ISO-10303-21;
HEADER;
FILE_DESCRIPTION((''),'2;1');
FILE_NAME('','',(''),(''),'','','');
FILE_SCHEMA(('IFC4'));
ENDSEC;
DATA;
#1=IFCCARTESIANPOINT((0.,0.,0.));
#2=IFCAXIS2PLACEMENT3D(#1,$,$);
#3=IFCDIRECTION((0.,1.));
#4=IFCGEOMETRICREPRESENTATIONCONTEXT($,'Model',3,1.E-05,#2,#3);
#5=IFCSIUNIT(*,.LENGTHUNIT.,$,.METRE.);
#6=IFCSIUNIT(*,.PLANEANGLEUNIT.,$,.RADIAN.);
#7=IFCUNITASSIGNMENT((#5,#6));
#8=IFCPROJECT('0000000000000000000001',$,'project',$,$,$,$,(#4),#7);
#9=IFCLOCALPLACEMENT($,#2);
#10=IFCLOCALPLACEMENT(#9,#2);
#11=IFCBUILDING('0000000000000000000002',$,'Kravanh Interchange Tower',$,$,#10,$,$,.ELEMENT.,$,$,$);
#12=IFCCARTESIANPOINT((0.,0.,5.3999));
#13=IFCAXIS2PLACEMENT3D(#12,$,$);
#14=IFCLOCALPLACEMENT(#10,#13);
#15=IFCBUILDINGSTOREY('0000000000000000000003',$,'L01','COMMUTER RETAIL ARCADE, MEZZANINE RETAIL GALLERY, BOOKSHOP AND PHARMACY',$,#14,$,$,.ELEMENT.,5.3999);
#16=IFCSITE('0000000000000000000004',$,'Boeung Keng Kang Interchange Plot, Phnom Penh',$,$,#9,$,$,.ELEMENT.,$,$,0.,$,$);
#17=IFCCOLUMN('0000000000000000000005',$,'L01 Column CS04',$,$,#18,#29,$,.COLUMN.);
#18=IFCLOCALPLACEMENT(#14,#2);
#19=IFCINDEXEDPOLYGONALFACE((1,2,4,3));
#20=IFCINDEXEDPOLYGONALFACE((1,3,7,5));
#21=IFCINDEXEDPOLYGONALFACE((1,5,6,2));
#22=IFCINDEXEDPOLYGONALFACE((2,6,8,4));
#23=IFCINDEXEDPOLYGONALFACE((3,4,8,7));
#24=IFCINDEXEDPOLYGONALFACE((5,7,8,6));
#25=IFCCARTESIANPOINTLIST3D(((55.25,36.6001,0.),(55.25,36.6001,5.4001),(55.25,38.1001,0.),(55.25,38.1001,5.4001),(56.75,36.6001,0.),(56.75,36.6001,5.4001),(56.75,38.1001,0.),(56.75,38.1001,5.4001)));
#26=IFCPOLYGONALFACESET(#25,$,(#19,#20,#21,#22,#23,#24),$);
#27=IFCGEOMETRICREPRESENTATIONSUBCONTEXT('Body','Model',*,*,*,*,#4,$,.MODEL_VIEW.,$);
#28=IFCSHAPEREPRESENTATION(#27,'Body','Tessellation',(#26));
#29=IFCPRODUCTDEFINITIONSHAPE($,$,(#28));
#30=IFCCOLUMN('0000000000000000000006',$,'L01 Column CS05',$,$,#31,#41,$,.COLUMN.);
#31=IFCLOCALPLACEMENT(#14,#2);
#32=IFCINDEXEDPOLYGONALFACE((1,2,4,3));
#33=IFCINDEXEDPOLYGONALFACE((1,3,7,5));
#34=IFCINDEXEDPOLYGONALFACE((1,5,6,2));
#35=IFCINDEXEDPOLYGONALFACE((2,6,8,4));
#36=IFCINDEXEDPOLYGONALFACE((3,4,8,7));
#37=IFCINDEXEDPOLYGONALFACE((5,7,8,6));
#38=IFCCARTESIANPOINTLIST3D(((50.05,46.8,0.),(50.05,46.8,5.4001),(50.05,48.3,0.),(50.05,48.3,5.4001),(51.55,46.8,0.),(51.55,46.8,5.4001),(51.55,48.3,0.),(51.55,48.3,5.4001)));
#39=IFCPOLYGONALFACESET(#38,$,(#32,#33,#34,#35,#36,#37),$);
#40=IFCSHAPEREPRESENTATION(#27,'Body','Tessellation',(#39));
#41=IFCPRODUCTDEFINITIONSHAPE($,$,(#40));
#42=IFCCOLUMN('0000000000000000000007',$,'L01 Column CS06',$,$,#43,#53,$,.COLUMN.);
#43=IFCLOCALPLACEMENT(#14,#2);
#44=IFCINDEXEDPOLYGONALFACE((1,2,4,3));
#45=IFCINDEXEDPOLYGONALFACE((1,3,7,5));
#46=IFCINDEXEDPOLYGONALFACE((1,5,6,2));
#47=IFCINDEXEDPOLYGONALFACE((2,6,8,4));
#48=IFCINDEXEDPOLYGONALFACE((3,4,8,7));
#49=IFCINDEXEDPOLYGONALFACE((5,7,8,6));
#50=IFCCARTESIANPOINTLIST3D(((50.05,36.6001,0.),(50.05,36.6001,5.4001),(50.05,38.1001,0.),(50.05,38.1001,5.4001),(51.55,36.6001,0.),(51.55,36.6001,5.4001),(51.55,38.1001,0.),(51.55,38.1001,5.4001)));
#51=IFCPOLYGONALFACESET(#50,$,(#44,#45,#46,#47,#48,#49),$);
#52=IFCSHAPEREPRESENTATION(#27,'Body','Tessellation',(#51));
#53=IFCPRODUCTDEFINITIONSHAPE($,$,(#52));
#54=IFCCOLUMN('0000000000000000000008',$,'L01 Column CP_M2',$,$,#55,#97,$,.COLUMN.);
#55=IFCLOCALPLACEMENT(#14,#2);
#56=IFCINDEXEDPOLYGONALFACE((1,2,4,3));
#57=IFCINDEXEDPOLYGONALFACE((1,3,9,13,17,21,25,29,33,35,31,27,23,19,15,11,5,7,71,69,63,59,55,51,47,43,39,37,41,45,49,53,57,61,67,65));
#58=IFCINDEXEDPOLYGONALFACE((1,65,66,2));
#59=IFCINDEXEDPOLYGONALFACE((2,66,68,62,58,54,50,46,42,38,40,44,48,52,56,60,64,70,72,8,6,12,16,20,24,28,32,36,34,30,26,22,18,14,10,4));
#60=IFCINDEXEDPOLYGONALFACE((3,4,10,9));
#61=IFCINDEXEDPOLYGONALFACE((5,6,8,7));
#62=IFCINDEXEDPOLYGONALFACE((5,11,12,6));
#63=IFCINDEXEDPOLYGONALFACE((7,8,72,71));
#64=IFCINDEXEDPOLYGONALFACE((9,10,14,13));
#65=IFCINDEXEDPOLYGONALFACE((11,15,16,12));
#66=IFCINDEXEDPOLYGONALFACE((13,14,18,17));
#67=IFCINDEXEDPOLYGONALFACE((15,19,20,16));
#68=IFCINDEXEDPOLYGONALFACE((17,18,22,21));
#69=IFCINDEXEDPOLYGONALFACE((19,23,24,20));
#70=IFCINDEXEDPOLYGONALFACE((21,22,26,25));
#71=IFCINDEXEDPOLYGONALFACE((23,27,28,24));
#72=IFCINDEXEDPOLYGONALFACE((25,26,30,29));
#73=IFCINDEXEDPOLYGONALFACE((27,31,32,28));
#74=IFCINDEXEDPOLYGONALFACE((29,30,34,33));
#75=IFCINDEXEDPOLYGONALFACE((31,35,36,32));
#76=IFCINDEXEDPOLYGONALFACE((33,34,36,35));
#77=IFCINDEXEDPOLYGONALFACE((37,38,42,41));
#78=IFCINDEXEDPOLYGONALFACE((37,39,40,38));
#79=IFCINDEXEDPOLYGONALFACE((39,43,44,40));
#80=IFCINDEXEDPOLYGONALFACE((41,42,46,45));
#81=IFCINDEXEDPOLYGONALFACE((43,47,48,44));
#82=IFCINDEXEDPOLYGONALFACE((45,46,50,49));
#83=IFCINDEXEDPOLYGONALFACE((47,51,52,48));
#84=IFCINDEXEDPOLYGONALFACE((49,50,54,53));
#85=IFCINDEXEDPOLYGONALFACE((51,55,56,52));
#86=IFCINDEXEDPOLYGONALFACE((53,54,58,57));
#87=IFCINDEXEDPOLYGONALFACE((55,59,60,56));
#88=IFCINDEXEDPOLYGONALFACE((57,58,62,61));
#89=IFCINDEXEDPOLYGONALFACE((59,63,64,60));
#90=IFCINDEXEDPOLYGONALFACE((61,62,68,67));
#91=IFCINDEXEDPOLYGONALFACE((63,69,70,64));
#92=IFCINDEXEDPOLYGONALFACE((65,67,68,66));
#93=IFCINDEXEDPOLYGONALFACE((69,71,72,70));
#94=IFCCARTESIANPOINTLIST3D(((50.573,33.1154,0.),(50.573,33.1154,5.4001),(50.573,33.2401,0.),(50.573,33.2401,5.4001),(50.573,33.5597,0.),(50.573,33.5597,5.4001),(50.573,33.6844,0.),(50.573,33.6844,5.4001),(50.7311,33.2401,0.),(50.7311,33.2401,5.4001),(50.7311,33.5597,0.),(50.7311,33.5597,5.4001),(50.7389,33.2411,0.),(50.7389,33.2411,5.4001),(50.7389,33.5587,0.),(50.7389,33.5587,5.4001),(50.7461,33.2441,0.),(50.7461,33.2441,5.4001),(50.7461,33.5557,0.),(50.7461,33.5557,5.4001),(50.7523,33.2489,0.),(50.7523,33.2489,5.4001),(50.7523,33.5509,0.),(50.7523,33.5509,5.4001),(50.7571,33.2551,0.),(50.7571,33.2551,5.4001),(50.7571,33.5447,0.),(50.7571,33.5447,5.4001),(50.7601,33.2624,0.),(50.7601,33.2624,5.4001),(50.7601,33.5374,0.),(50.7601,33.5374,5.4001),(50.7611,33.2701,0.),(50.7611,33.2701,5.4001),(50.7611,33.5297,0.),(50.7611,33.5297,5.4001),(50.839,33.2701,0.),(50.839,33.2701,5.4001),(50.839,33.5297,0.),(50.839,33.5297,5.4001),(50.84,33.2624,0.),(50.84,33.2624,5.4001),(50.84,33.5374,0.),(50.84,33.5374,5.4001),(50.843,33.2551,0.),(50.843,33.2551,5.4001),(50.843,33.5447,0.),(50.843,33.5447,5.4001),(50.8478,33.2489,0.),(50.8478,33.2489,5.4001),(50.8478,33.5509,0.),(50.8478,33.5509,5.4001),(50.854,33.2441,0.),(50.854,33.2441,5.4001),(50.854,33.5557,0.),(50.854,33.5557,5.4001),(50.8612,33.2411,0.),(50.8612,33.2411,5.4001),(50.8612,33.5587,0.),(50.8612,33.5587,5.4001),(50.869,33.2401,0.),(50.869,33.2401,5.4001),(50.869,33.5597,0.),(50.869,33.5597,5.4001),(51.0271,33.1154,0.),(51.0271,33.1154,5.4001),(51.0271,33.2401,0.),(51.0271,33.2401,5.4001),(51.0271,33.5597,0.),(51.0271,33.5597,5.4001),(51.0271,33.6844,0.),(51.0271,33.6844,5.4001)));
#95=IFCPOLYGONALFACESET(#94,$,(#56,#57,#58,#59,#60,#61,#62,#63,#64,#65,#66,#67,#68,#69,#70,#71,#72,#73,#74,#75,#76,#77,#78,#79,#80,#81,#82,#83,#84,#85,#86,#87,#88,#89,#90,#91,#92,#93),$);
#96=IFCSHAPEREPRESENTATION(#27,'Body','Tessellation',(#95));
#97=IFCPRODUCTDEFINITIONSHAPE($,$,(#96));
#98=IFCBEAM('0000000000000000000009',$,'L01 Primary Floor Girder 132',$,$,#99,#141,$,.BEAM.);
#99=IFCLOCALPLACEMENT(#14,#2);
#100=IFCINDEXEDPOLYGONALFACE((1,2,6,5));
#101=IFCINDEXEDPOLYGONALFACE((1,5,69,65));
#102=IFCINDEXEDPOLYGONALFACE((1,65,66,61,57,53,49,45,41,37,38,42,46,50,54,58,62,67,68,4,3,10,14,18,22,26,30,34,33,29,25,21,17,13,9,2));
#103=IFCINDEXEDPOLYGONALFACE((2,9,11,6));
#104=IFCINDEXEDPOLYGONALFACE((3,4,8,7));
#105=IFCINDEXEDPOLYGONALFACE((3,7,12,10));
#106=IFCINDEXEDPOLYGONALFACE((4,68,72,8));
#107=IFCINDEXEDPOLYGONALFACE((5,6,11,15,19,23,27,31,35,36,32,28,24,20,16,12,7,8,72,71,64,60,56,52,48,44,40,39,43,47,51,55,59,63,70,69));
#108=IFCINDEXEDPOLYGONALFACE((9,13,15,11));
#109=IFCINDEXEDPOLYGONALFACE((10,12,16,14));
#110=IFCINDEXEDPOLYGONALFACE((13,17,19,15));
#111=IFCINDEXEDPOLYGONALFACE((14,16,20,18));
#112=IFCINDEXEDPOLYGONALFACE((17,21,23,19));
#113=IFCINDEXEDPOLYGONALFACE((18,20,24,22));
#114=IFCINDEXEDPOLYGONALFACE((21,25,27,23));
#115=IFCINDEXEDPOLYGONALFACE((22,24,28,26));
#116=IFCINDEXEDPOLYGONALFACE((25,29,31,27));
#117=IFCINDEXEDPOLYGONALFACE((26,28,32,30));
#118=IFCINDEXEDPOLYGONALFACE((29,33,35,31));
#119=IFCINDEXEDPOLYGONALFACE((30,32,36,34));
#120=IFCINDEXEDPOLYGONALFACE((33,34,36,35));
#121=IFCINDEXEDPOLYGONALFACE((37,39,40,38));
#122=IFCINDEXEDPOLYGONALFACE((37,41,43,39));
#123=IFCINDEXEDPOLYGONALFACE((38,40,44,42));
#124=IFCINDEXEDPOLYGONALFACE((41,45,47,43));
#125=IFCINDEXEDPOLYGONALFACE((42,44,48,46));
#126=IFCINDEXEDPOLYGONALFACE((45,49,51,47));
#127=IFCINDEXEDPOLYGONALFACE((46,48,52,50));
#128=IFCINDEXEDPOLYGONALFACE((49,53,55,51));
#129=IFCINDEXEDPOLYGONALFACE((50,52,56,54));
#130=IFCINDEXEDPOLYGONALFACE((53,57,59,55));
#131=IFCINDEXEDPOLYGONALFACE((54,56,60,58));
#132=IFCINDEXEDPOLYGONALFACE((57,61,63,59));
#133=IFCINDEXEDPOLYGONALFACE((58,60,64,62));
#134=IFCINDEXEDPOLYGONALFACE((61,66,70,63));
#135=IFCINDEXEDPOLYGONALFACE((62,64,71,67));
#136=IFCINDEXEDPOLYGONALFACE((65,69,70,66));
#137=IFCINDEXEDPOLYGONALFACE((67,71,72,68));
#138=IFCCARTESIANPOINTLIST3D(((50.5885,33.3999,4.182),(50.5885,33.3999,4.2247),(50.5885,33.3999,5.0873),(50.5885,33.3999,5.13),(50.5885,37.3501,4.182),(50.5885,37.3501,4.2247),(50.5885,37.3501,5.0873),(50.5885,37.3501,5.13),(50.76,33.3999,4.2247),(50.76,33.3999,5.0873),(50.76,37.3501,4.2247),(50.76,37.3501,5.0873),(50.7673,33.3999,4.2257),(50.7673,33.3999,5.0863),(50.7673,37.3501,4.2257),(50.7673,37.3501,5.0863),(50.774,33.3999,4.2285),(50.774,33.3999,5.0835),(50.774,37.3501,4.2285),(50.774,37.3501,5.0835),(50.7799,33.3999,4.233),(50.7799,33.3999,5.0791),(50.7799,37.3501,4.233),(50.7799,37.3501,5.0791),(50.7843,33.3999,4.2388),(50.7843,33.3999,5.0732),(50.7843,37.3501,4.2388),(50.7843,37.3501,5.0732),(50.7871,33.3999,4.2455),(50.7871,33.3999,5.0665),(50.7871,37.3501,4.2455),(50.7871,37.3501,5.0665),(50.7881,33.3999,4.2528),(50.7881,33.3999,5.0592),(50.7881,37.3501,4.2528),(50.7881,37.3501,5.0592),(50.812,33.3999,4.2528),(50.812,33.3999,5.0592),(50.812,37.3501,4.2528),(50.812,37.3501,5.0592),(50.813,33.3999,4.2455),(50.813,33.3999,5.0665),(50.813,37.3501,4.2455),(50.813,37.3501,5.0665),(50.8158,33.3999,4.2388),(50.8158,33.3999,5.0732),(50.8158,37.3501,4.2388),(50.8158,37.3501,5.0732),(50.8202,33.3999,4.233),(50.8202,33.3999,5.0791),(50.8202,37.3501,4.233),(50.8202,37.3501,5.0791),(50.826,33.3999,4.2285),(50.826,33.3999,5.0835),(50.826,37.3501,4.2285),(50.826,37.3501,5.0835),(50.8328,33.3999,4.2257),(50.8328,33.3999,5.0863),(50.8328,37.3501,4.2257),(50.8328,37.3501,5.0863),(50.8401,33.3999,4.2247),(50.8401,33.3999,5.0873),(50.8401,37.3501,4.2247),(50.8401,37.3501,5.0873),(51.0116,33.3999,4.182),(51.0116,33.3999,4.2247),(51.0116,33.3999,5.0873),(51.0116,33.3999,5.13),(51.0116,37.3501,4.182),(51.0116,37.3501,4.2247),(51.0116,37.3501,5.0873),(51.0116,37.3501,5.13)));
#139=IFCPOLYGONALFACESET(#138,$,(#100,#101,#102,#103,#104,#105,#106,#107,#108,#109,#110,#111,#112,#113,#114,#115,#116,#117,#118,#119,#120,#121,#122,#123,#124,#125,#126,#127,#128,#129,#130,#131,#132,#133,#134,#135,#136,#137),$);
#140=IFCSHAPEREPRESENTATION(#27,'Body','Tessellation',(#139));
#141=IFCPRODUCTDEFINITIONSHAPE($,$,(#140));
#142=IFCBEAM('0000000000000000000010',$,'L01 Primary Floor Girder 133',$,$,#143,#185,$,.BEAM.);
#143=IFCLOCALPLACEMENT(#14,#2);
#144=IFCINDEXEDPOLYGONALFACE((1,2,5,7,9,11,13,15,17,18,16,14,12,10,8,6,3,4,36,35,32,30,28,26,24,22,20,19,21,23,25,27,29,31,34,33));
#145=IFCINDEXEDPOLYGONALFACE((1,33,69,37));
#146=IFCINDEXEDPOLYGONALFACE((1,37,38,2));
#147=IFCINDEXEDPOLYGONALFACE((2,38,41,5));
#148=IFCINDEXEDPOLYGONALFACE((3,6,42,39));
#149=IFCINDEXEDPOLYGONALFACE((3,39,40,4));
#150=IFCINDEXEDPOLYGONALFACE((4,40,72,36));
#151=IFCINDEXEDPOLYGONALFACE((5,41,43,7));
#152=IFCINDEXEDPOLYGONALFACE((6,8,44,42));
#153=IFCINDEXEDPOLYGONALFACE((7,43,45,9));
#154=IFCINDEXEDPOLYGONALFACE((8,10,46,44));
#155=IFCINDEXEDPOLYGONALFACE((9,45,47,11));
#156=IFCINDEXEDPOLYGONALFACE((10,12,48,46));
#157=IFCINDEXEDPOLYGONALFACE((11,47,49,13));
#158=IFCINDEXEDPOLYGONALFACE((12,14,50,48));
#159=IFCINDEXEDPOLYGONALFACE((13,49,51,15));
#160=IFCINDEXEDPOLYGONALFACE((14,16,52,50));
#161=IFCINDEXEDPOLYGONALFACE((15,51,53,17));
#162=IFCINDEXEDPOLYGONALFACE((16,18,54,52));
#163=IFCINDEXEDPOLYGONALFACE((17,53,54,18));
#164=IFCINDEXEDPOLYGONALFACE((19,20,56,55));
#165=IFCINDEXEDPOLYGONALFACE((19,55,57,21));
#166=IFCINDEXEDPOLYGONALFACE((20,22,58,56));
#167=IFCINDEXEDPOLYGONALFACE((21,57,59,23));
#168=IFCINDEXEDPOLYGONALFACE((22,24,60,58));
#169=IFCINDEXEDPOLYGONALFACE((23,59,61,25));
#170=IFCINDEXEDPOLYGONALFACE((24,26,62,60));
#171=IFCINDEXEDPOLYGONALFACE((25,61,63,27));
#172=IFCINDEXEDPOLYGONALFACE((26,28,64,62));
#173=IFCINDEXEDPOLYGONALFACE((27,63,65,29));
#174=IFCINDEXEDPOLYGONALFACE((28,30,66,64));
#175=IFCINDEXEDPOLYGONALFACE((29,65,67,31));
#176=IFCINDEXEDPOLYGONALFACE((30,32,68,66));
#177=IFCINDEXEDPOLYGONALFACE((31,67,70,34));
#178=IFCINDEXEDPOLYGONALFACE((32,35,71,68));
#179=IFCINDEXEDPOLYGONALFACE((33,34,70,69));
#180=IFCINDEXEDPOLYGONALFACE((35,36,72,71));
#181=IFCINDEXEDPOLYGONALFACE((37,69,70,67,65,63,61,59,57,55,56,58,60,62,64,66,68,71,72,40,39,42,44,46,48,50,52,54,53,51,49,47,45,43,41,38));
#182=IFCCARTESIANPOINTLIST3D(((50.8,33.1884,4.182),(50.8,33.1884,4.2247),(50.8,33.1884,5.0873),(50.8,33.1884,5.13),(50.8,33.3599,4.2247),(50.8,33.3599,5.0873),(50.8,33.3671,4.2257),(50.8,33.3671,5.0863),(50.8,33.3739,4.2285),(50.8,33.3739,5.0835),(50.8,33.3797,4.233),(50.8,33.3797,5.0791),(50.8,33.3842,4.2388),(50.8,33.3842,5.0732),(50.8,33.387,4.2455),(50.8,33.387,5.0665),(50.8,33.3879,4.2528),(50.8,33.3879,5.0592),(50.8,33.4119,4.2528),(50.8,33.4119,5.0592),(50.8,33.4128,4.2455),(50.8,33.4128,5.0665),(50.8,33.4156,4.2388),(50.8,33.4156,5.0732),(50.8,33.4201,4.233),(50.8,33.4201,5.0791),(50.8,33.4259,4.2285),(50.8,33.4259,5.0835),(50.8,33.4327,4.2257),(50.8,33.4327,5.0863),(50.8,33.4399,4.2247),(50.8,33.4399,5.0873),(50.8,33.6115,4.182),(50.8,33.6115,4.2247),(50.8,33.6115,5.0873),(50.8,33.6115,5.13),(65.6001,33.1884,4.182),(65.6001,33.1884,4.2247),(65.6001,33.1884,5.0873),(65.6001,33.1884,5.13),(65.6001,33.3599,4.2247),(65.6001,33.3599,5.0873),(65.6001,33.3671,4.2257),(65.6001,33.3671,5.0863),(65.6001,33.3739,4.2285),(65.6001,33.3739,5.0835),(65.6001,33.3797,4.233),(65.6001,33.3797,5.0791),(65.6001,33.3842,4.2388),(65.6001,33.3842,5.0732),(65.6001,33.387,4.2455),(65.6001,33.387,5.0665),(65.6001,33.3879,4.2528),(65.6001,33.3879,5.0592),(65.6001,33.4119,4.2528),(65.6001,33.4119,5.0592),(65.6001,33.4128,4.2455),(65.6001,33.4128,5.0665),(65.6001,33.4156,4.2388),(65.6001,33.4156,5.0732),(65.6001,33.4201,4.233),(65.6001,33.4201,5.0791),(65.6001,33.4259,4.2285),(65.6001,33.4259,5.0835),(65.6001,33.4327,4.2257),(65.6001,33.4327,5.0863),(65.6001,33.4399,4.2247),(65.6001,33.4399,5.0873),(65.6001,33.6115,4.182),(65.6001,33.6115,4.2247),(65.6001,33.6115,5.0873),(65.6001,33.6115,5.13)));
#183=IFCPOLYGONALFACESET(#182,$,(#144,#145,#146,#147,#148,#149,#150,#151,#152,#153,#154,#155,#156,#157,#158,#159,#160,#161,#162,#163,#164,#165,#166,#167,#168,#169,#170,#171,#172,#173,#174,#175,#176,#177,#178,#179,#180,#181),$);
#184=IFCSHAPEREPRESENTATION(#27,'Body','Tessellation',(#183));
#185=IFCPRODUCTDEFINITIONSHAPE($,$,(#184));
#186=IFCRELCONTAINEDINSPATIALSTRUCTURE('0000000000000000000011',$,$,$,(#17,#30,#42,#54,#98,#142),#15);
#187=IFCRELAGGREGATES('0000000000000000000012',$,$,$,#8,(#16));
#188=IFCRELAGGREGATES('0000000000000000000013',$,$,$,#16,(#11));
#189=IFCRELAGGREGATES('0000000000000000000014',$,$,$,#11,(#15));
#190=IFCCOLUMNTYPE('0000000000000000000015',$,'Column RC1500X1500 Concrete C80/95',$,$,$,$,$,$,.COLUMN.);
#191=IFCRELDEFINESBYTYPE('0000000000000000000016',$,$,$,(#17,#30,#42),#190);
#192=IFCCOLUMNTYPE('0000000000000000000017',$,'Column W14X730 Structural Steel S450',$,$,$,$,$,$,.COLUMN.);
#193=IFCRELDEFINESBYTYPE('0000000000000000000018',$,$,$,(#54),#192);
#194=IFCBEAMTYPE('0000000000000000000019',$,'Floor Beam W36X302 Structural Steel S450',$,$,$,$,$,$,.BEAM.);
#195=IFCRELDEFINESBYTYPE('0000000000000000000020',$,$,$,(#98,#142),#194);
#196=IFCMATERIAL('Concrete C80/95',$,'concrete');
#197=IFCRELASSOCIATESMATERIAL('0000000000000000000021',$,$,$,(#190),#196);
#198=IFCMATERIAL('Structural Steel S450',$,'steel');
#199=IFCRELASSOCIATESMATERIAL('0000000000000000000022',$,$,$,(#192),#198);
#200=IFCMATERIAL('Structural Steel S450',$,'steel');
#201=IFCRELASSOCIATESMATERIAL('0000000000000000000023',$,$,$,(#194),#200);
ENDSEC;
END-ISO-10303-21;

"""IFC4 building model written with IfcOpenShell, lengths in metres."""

from ifc_helpers import new_model, si_unit, direction, frame, origin, origin_2d, place, context, subcontext, project, spatial, rectangle, i_section, extrude, material, material_profile, profile_set, type_object, element, save


model = new_model("IFC4")

# Units and contexts
model_context = context("Model", 3, precision=1e-05, world=origin(), true_north=direction((0.0, 1.0)))
body_context = subcontext(model_context, "Body", "Model", "MODEL_VIEW")
ifc_project = project(units=[si_unit("LENGTHUNIT", "METRE"), si_unit("PLANEANGLEUNIT", "RADIAN")], contexts=[model_context])

# Site, building, storey
site_placement = place(None, origin())
site = spatial("IfcSite", under=ifc_project, at=site_placement, Name="Boeung Keng Kang Interchange Plot, Phnom Penh", CompositionType="ELEMENT", RefElevation=0.0)
building_placement = place(site_placement, origin())
building = spatial("IfcBuilding", under=site, at=building_placement, Name="Kravanh Interchange Tower", CompositionType="ELEMENT")
storey_placement = place(building_placement, frame((0.0, 0.0, 5.3999)))
storey = spatial("IfcBuildingStorey", under=building, at=storey_placement, Name="L01", Description="COMMUTER RETAIL ARCADE, MEZZANINE RETAIL GALLERY, BOOKSHOP AND PHARMACY", CompositionType="ELEMENT", Elevation=5.3999)

# Columns
ifc_material_1 = material(Name="Concrete C80/95", Category="concrete")
ifc_material_profile_1 = material_profile(ifc_material_1, rectangle(XDim=1.5, YDim=1.5, at=origin_2d()), Name="RC1500X1500")
ifc_profile_set_1 = profile_set([ifc_material_profile_1], Name="Concrete C80/95")
column_type_1 = type_object("IfcColumnType", Name="Column RC1500X1500 Concrete C80/95", PredefinedType="COLUMN", material=ifc_profile_set_1)
for number, where, z_axis, x_axis, name in (
    (1, (56.0, 37.3501, 0.0), (0.0, 0.0, 1.0), (1.0, 0.0, 0.0), "L01 Column CS04"),
    (2, (50.8, 47.55, 0.0), (0.0, 0.0, 1.0), (1.0, 0.0, 0.0), "L01 Column CS05"),
    (3, (50.8, 37.3501, 0.0), (0.0, 0.0, 1.0), (1.0, 0.0, 0.0), "L01 Column CS06"),
):
    element("IfcColumn", number, at=place(storey_placement, frame(where, z_axis=z_axis, x_axis=x_axis)), inside=storey, type_object=column_type_1, Name=name, PredefinedType="COLUMN", context=body_context, shape_type="SweptSolid", body=[
        extrude(rectangle(XDim=1.5, YDim=1.5, at=origin_2d()), origin(), (0.0, 0.0, 1.0), 5.4001),
    ])
ifc_material_2 = material(Name="Structural Steel S450", Category="steel")
ifc_material_profile_2 = material_profile(ifc_material_2, i_section(OverallWidth=0.4541, OverallDepth=0.5691, WebThickness=0.0779, FlangeThickness=0.1248, FilletRadius=0.03, at=origin_2d()), Name="W14X730")
ifc_profile_set_2 = profile_set([ifc_material_profile_2], Name="Structural Steel S450")
column_type_2 = type_object("IfcColumnType", Name="Column W14X730 Structural Steel S450", PredefinedType="COLUMN", material=ifc_profile_set_2)
column_placement = place(storey_placement, frame((50.8, 33.3999, 0.0), z_axis=(0.0, 0.0, 1.0), x_axis=(1.0, 0.0, 0.0)))
element("IfcColumn", 4, at=column_placement, inside=storey, type_object=column_type_2, Name="L01 Column CP_M2", PredefinedType="COLUMN", context=body_context, shape_type="SweptSolid", body=[
    extrude(i_section(OverallWidth=0.4541, OverallDepth=0.5691, WebThickness=0.0779, FlangeThickness=0.1248, FilletRadius=0.03, at=origin_2d()), origin(), (0.0, 0.0, 1.0), 5.4001),
])

# Beams
ifc_material_3 = material(Name="Structural Steel S450", Category="steel")
ifc_material_profile_3 = material_profile(ifc_material_3, i_section(OverallWidth=0.4231, OverallDepth=0.948, WebThickness=0.0239, FlangeThickness=0.0427, FilletRadius=0.0281, at=origin_2d()), Name="W36X302")
ifc_profile_set_3 = profile_set([ifc_material_profile_3], Name="Structural Steel S450")
beam_type_1 = type_object("IfcBeamType", Name="Floor Beam W36X302 Structural Steel S450", PredefinedType="BEAM", material=ifc_profile_set_3)
beam_1_placement = place(storey_placement, frame((50.8, 33.3999, 4.656), z_axis=(0.0, 1.0, 0.0), x_axis=(-1.0, 0.0, 0.0)))
element("IfcBeam", 5, at=beam_1_placement, inside=storey, type_object=beam_type_1, Name="L01 Primary Floor Girder 132", PredefinedType="BEAM", context=body_context, shape_type="SweptSolid", body=[
    extrude(i_section(OverallWidth=0.4231, OverallDepth=0.948, WebThickness=0.0239, FlangeThickness=0.0427, FilletRadius=0.0281, at=origin_2d()), origin(), (0.0, 0.0, 1.0), 3.9502),
])
beam_2_placement = place(storey_placement, frame((50.8, 33.3999, 4.656), z_axis=(1.0, 0.0, 0.0), x_axis=(0.0, 1.0, 0.0)))
element("IfcBeam", 6, at=beam_2_placement, inside=storey, type_object=beam_type_1, Name="L01 Primary Floor Girder 133", PredefinedType="BEAM", context=body_context, shape_type="SweptSolid", body=[
    extrude(i_section(OverallWidth=0.4231, OverallDepth=0.948, WebThickness=0.0239, FlangeThickness=0.0427, FilletRadius=0.0281, at=origin_2d()), origin(), (0.0, 0.0, 1.0), 14.8),
])

save(model, "model.ifc")
